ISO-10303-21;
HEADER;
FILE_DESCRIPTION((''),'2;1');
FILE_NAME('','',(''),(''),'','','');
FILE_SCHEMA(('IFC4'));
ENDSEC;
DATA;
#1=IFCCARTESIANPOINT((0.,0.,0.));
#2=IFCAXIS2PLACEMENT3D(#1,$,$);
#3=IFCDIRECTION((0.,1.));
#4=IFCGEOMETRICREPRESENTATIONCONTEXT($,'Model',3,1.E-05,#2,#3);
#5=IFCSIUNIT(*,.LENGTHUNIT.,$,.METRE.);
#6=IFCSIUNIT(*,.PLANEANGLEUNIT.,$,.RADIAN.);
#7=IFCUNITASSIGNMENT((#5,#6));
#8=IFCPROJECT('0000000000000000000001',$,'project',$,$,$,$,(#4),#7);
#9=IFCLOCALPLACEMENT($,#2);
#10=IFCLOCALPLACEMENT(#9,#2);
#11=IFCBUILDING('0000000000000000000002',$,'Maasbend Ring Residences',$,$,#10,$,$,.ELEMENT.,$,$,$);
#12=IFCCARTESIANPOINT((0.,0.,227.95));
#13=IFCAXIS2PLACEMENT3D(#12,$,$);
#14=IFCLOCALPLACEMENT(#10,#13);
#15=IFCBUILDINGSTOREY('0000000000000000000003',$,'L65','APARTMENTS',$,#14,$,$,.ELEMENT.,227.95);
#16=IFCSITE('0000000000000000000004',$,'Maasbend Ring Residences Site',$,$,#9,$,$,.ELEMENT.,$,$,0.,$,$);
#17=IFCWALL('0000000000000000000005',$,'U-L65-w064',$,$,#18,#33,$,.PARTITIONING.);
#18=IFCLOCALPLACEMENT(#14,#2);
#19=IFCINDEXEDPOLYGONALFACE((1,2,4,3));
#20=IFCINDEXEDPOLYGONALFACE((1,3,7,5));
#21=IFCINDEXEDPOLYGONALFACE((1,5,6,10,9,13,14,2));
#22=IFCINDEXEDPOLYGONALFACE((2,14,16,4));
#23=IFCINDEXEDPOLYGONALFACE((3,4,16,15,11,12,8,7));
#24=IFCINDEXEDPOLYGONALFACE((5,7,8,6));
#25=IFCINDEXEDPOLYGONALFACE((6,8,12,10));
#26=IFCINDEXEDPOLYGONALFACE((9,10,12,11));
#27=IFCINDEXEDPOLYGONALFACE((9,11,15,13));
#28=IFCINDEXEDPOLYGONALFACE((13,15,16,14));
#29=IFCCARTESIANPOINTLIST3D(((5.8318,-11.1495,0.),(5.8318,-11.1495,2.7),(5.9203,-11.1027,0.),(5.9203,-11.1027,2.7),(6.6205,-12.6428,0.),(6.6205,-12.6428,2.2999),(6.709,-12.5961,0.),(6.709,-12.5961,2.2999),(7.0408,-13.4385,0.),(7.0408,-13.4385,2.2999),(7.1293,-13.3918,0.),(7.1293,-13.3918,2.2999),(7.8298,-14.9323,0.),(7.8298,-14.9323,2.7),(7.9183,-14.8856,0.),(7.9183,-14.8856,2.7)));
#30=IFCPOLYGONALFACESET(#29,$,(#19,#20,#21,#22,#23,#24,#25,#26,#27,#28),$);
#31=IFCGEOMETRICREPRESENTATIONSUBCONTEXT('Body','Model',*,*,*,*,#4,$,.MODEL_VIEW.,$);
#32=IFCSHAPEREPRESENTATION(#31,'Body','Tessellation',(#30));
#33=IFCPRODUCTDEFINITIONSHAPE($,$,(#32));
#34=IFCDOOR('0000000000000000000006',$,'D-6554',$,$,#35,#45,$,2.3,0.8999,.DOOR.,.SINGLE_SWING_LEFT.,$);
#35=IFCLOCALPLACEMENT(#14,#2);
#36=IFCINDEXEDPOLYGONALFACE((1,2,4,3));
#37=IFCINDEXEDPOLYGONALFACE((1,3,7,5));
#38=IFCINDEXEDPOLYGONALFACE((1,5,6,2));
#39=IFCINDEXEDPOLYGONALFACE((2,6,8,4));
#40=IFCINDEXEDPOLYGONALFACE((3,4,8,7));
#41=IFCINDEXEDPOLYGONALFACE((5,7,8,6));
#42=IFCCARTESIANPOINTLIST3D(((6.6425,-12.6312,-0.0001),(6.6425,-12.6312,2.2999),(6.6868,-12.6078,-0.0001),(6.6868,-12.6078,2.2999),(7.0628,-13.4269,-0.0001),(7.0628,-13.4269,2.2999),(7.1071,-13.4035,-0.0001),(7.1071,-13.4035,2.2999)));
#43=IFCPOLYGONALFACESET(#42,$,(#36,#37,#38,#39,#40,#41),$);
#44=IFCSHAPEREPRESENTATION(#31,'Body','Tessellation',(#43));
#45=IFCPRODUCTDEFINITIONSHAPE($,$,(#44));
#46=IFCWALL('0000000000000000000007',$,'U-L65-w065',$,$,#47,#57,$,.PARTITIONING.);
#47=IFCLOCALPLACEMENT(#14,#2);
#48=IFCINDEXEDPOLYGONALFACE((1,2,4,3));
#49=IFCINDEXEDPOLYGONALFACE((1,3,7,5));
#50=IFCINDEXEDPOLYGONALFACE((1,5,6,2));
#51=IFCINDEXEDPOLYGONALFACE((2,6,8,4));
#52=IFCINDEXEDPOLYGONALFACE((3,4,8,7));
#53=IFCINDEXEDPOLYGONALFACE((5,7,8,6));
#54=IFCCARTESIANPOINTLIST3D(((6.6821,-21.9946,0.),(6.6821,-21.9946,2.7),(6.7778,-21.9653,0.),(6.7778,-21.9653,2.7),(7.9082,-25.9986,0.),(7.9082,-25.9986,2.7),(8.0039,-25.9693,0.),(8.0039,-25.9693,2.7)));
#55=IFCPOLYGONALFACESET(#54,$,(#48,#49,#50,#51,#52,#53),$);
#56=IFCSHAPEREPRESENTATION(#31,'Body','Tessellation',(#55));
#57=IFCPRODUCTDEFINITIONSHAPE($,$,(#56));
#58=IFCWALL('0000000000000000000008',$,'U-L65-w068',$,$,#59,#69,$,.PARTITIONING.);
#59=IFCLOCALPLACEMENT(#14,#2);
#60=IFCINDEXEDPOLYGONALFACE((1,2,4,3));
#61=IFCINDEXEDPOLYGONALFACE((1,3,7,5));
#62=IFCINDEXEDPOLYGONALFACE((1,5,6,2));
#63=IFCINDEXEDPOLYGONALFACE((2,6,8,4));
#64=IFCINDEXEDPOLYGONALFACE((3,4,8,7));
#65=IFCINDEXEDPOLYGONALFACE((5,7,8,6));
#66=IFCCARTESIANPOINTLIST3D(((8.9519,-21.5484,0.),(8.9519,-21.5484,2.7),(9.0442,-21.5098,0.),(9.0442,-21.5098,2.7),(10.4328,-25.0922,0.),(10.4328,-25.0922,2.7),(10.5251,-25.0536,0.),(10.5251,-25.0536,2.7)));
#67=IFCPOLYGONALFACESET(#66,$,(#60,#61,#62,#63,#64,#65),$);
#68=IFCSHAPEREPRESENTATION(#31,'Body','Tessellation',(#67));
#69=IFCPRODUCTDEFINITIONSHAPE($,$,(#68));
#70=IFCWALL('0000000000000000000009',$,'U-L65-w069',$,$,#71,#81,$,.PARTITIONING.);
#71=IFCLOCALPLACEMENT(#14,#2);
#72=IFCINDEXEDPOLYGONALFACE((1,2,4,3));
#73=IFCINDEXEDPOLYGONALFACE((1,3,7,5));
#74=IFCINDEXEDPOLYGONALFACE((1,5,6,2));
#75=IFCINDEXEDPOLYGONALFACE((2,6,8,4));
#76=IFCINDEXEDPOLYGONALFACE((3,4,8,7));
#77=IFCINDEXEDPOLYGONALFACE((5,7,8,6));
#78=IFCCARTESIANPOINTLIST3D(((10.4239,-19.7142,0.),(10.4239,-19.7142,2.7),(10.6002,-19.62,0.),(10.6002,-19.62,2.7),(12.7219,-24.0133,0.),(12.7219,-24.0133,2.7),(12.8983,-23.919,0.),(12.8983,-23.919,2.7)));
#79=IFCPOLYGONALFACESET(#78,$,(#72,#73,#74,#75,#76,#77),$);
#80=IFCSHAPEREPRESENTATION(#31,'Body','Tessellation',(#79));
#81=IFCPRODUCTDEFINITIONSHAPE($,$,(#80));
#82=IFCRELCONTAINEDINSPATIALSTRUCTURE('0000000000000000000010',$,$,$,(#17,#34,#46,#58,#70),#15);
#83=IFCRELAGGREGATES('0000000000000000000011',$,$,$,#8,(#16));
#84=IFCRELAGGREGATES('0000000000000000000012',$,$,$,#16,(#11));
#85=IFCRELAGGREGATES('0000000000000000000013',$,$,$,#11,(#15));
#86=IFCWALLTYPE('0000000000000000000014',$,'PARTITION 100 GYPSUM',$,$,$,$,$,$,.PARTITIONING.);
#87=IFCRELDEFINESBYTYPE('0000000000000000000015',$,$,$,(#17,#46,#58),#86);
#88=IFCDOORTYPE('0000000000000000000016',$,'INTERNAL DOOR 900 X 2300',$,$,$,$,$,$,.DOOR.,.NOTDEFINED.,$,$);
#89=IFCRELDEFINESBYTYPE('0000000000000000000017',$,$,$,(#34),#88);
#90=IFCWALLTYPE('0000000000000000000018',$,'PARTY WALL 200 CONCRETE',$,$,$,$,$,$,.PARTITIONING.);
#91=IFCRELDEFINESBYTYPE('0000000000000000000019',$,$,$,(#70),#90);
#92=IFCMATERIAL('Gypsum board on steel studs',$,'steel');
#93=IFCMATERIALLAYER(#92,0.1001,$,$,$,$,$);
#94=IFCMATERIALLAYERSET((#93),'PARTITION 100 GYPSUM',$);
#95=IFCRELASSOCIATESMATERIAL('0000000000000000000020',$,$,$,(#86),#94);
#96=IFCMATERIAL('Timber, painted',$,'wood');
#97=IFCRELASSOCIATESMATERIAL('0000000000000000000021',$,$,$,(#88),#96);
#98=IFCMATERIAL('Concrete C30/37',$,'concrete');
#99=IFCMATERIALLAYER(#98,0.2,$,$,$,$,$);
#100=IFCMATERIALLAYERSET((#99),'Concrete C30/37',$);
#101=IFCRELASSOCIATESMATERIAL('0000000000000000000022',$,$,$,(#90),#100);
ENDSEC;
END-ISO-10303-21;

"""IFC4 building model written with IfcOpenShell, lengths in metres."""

from ifc_helpers import new_model, si_unit, direction, frame, frame_2d, origin, place, context, subcontext, project, spatial, rectangle, extrude, material, layer, layer_set, type_object, element, fill, save


model = new_model("IFC4")

# Units and contexts
model_context = context("Model", 3, precision=1e-05, world=origin(), true_north=direction((0.0, 1.0)))
body_context = subcontext(model_context, "Body", "Model", "MODEL_VIEW")
ifc_project = project(units=[si_unit("LENGTHUNIT", "METRE"), si_unit("PLANEANGLEUNIT", "RADIAN")], contexts=[model_context])

# Site, building, storey
site_placement = place(None, origin())
site = spatial("IfcSite", under=ifc_project, at=site_placement, Name="Maasbend Ring Residences Site", CompositionType="ELEMENT", RefElevation=0.0)
building_placement = place(site_placement, origin())
building = spatial("IfcBuilding", under=site, at=building_placement, Name="Maasbend Ring Residences", CompositionType="ELEMENT")
storey_placement = place(building_placement, frame((0.0, 0.0, 227.95)))
storey = spatial("IfcBuildingStorey", under=building, at=storey_placement, Name="L65", Description="APARTMENTS", CompositionType="ELEMENT", Elevation=227.95)

# Shared definitions
ifc_material_1 = material(Name="Gypsum board on steel studs", Category="steel")
ifc_layer_1 = layer(ifc_material_1, 0.1001)
ifc_layer_set_1 = layer_set([ifc_layer_1], Name="PARTITION 100 GYPSUM")
wall_type_1 = type_object("IfcWallType", Name="PARTITION 100 GYPSUM", PredefinedType="PARTITIONING", material=ifc_layer_set_1)
ifc_material_2 = material(Name="Timber, painted", Category="wood")
door_type_1 = type_object("IfcDoorType", Name="INTERNAL DOOR 900 X 2300", OperationType="NOTDEFINED", PredefinedType="DOOR", material=ifc_material_2)

# Wall, opening, door
wall_1_placement = place(storey_placement, frame((5.876, -11.126, 0.0), z_axis=(0.0, 0.0, 1.0), x_axis=(0.46703, -0.884241, 0.0)))
wall_1 = element("IfcWall", 1, at=wall_1_placement, inside=storey, type_object=wall_type_1, Name="U-L65-w064", PredefinedType="PARTITIONING", context=body_context, shape_type="SweptSolid", body=[
    extrude(rectangle(XDim=4.2781, YDim=0.1001, at=frame_2d((2.1392, 0.0))), origin(), (0.0, 0.0, 1.0), 2.7),
])
opening_1_placement = place(wall_1_placement, frame((1.689, 0.0, 0.0)))
opening_1 = element("IfcOpeningElement", 2, at=opening_1_placement, cuts=wall_1, PredefinedType="OPENING", context=body_context, shape_type="SweptSolid", body=[
    extrude(rectangle(XDim=0.8999, YDim=2.3, at=frame_2d((0.45, 1.1499))), frame((0.0, 0.0601, 0.0), z_axis=(0.0, -1.0, 0.0), x_axis=(1.0, 0.0, 0.0)), (0.0, 0.0, 1.0), 0.1201),
])
door_1_placement = place(opening_1_placement, origin())
door_1 = element("IfcDoor", 3, at=door_1_placement, inside=storey, type_object=door_type_1, Name="D-6554", OperationType="SINGLE_SWING_LEFT", OverallHeight=2.3, OverallWidth=0.8999, PredefinedType="DOOR", context=body_context, shape_type="SweptSolid", body=[
    extrude(rectangle(XDim=0.8999, YDim=2.3, at=frame_2d((0.45, 1.1499))), frame((0.0, 0.0249, 0.0), z_axis=(0.0, -1.0, 0.0), x_axis=(1.0, 0.0, 0.0)), (0.0, 0.0, 1.0), 0.05),
])
fill(opening_1, door_1)

# Walls
wall_2_placement = place(storey_placement, frame((6.73, -21.98, 0.0), z_axis=(0.0, 0.0, 1.0), x_axis=(0.292799, -0.956174, 0.0)))
element("IfcWall", 4, at=wall_2_placement, inside=storey, type_object=wall_type_1, Name="U-L65-w065", PredefinedType="PARTITIONING", context=body_context, shape_type="SweptSolid", body=[
    extrude(rectangle(XDim=4.1875, YDim=0.1001, at=frame_2d((2.0938, 0.0))), origin(), (0.0, 0.0, 1.0), 2.7),
])
wall_3_placement = place(storey_placement, frame((8.998, -21.5291, 0.0), z_axis=(0.0, 0.0, 1.0), x_axis=(0.385572, -0.922678, 0.0)))
element("IfcWall", 5, at=wall_3_placement, inside=storey, type_object=wall_type_1, Name="U-L65-w068", PredefinedType="PARTITIONING", context=body_context, shape_type="SweptSolid", body=[
    extrude(rectangle(XDim=3.8408, YDim=0.1001, at=frame_2d((1.9204, 0.0))), origin(), (0.0, 0.0, 1.0), 2.7),
])
ifc_material_3 = material(Name="Concrete C30/37", Category="concrete")
ifc_layer_2 = layer(ifc_material_3, 0.2)
ifc_layer_set_2 = layer_set([ifc_layer_2], Name="Concrete C30/37")
wall_type_2 = type_object("IfcWallType", Name="PARTY WALL 200 CONCRETE", PredefinedType="PARTITIONING", material=ifc_layer_set_2)
wall_4_placement = place(storey_placement, frame((10.512, -19.667, 0.0), z_axis=(0.0, 0.0, 1.0), x_axis=(0.471428, -0.881905, 0.0)))
element("IfcWall", 6, at=wall_4_placement, inside=storey, type_object=wall_type_2, Name="U-L65-w069", PredefinedType="PARTITIONING", context=body_context, shape_type="SweptSolid", body=[
    extrude(rectangle(XDim=4.8748, YDim=0.2, at=frame_2d((2.4375, 0.0))), origin(), (0.0, 0.0, 1.0), 2.7),
])

save(model, "model.ifc")
